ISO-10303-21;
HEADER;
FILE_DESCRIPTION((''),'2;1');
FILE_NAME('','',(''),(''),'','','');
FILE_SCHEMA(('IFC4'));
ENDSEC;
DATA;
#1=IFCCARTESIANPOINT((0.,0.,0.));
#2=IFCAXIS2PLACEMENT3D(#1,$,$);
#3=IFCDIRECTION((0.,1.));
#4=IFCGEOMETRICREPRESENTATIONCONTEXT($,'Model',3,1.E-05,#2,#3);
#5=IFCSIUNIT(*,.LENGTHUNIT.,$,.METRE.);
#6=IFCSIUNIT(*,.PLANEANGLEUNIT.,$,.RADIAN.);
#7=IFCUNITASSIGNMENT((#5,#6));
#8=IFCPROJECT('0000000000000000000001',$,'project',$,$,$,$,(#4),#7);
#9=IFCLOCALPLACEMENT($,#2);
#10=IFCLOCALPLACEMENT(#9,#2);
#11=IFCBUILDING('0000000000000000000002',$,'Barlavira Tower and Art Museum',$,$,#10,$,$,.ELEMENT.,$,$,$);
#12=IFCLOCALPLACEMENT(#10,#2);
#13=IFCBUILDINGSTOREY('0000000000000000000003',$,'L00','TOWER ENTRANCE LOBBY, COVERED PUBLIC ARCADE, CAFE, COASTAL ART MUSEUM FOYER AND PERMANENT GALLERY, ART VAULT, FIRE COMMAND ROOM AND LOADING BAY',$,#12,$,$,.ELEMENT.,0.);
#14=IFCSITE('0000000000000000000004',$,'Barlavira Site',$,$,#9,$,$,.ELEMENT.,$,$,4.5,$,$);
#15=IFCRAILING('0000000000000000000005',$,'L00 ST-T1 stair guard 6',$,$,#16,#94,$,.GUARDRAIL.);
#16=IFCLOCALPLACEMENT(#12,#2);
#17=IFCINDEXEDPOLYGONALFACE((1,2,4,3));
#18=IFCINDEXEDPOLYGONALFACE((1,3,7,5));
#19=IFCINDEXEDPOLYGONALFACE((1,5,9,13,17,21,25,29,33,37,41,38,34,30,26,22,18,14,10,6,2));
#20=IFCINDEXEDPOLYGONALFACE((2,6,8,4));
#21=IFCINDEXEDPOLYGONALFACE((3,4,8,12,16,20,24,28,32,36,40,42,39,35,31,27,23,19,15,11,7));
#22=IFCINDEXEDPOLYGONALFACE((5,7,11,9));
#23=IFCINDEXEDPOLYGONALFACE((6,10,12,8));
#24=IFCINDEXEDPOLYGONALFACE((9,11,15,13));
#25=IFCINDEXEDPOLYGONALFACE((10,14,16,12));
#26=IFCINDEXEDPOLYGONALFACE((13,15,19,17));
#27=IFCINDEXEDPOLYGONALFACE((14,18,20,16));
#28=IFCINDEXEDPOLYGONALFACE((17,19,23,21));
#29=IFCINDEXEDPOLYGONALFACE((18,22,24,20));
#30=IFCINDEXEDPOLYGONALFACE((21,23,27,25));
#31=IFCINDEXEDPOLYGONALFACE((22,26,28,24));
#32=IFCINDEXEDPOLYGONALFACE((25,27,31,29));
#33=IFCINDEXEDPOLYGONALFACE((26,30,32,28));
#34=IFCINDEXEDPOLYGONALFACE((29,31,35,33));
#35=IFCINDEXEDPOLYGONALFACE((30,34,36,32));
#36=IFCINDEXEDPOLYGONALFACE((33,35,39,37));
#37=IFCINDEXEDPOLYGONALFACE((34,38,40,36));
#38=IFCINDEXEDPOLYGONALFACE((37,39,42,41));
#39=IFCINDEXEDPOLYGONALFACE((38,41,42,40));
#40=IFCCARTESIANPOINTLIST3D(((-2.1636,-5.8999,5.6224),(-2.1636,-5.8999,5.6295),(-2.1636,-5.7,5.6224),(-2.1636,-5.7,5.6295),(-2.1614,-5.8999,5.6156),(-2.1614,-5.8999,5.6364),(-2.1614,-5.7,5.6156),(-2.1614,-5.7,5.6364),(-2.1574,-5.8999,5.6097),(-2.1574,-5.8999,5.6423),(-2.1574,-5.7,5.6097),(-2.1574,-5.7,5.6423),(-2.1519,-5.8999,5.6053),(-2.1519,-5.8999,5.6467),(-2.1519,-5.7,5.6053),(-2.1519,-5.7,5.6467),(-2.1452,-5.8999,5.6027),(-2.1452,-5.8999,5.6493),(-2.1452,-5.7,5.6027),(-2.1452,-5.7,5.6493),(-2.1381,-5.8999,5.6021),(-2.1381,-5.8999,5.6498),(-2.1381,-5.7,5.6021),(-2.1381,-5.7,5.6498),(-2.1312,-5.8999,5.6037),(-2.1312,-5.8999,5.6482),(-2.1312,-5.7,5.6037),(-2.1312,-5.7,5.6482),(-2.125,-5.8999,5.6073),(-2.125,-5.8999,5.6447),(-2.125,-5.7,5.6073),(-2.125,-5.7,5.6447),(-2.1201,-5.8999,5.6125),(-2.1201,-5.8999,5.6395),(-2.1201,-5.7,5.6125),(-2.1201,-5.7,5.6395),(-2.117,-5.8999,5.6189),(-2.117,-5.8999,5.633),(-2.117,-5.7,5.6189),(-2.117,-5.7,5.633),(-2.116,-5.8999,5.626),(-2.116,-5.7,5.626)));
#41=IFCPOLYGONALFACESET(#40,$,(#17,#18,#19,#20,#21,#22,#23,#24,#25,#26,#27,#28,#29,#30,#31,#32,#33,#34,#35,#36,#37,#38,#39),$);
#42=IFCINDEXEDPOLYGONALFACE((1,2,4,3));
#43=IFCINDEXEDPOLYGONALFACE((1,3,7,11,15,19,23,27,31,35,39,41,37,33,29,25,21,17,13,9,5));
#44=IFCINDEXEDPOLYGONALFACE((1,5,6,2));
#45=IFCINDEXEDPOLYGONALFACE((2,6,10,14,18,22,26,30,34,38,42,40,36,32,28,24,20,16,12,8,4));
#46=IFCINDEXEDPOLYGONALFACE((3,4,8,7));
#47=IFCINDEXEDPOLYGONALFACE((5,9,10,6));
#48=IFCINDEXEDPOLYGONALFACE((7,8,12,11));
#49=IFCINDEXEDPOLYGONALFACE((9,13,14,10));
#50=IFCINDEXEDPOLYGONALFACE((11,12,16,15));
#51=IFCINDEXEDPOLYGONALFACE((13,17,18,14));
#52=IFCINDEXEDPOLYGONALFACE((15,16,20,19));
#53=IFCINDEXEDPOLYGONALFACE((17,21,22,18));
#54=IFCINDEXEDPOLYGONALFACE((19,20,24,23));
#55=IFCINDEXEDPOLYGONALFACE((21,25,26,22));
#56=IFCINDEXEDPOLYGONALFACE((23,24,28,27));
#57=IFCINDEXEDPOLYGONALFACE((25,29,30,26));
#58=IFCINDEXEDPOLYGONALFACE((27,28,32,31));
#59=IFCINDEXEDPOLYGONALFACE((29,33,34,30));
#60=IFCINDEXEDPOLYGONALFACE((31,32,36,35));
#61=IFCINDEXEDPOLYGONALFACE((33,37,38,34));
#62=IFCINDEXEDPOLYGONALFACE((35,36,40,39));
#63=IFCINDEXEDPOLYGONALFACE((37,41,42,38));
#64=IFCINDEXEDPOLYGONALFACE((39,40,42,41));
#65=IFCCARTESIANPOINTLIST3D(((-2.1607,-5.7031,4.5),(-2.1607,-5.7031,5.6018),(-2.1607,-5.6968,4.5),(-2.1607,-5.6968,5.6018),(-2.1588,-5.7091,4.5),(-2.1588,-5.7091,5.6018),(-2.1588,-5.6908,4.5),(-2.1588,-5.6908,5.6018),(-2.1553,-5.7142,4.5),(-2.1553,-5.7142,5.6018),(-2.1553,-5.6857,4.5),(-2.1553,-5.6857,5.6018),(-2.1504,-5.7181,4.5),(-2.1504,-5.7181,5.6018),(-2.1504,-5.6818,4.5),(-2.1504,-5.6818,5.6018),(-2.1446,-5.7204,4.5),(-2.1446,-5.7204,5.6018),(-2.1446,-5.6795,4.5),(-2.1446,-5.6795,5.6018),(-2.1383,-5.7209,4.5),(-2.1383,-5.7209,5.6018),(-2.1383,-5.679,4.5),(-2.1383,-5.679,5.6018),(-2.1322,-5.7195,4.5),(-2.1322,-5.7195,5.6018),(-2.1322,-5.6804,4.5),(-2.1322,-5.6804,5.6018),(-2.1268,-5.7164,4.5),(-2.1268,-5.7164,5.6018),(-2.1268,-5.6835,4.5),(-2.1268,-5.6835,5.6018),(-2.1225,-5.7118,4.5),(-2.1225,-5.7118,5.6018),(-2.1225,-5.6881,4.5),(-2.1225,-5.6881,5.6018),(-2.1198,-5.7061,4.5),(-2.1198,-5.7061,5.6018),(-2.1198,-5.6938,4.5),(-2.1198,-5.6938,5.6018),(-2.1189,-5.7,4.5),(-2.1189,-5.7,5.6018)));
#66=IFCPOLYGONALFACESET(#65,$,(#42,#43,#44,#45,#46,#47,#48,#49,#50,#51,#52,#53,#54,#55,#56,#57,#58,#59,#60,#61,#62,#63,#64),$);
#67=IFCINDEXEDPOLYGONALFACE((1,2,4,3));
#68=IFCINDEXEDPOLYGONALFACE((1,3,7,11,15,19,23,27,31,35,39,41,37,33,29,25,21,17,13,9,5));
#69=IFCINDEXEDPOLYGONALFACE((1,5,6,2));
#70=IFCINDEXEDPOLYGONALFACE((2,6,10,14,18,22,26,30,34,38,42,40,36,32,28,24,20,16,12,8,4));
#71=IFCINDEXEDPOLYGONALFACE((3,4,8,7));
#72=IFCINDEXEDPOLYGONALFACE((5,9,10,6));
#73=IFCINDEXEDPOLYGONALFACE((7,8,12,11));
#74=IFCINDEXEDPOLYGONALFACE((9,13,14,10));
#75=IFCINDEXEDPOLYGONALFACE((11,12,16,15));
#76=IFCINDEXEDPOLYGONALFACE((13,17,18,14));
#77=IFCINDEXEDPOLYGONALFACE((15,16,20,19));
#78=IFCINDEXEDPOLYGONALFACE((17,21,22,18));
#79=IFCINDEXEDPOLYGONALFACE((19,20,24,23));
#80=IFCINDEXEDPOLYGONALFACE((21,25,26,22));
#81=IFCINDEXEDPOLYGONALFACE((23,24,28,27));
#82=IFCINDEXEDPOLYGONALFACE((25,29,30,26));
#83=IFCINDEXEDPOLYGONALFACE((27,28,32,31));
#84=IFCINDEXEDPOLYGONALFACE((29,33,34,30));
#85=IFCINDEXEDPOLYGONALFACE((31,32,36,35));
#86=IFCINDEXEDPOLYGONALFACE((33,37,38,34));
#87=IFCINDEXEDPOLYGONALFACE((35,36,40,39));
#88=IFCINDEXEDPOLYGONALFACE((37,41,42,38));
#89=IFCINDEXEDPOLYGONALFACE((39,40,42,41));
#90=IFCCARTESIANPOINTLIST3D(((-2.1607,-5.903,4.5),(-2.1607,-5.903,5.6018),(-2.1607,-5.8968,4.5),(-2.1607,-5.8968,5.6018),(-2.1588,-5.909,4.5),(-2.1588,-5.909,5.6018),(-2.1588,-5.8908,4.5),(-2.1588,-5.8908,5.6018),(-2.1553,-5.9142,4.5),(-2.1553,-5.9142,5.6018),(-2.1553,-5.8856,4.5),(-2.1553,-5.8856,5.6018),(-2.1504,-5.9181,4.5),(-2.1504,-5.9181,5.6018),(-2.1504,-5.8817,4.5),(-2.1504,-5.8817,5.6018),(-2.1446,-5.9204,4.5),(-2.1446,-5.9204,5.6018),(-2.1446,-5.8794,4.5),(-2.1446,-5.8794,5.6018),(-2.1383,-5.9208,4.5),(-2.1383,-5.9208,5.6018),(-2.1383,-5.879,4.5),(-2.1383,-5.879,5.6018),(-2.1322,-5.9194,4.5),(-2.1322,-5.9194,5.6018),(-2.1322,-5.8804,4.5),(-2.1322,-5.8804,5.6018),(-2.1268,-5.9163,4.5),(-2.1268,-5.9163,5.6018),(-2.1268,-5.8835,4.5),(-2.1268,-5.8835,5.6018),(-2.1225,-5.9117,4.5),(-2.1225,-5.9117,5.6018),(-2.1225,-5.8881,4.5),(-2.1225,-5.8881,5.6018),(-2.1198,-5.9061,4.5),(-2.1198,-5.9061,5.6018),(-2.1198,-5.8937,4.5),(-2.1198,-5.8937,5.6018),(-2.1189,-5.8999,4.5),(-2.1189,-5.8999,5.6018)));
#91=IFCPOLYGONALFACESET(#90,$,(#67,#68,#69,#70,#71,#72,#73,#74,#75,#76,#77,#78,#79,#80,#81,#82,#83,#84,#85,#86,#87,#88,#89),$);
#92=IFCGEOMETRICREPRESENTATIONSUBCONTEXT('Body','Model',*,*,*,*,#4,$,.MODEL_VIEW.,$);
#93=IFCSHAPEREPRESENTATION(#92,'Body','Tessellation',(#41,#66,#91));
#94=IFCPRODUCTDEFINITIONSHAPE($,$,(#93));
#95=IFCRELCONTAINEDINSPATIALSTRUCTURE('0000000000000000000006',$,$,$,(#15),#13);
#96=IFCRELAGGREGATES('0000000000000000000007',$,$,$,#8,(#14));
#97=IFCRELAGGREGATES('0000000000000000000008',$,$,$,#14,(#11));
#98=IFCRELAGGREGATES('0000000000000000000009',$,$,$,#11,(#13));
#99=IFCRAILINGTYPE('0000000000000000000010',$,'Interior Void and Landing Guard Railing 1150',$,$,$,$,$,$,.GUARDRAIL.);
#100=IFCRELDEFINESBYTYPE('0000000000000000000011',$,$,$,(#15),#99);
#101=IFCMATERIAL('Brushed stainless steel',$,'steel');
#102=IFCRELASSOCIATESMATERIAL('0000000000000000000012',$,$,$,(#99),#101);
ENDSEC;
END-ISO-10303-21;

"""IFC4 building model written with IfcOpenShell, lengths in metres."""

from ifc_helpers import new_model, si_unit, direction, frame, origin, origin_2d, place, context, subcontext, project, spatial, circle, extrude, material, type_object, element, save


model = new_model("IFC4")

# Units and contexts
model_context = context("Model", 3, precision=1e-05, world=origin(), true_north=direction((0.0, 1.0)))
body_context = subcontext(model_context, "Body", "Model", "MODEL_VIEW")
ifc_project = project(units=[si_unit("LENGTHUNIT", "METRE"), si_unit("PLANEANGLEUNIT", "RADIAN")], contexts=[model_context])

# Site, building, storey
site_placement = place(None, origin())
site = spatial("IfcSite", under=ifc_project, at=site_placement, Name="Barlavira Site", CompositionType="ELEMENT", RefElevation=4.5)
building_placement = place(site_placement, origin())
building = spatial("IfcBuilding", under=site, at=building_placement, Name="Barlavira Tower and Art Museum", CompositionType="ELEMENT")
storey_placement = place(building_placement, origin())
storey = spatial("IfcBuildingStorey", under=building, at=storey_placement, Name="L00", Description="TOWER ENTRANCE LOBBY, COVERED PUBLIC ARCADE, CAFE, COASTAL ART MUSEUM FOYER AND PERMANENT GALLERY, ART VAULT, FIRE COMMAND ROOM AND LOADING BAY", CompositionType="ELEMENT", Elevation=0.0)

# Shared definitions
ifc_material_1 = material(Name="Brushed stainless steel", Category="steel")

# Railing
railing_type_1 = type_object("IfcRailingType", Name="Interior Void and Landing Guard Railing 1150", PredefinedType="GUARDRAIL", material=ifc_material_1)
railing_1_placement = place(storey_placement, frame((-2.1399, -5.7, 4.5)))
element("IfcRailing", 1, at=railing_1_placement, inside=storey, type_object=railing_type_1, Name="L00 ST-T1 stair guard 6", PredefinedType="GUARDRAIL", context=body_context, shape_type="SweptSolid", body=[
    extrude(circle(Radius=0.0239, at=origin_2d()), frame((0.0, 0.0, 1.126), z_axis=(0.0, -1.0, 0.0), x_axis=(1.0, 0.0, 0.0)), (0.0, 0.0, 1.0), 0.2),
    extrude(circle(Radius=0.021, at=origin_2d()), origin(), (0.0, 0.0, 1.0), 1.1018),
    extrude(circle(Radius=0.021, at=origin_2d()), frame((0.0, -0.2, 0.0)), (0.0, 0.0, 1.0), 1.1018),
])

save(model, "model.ifc")
